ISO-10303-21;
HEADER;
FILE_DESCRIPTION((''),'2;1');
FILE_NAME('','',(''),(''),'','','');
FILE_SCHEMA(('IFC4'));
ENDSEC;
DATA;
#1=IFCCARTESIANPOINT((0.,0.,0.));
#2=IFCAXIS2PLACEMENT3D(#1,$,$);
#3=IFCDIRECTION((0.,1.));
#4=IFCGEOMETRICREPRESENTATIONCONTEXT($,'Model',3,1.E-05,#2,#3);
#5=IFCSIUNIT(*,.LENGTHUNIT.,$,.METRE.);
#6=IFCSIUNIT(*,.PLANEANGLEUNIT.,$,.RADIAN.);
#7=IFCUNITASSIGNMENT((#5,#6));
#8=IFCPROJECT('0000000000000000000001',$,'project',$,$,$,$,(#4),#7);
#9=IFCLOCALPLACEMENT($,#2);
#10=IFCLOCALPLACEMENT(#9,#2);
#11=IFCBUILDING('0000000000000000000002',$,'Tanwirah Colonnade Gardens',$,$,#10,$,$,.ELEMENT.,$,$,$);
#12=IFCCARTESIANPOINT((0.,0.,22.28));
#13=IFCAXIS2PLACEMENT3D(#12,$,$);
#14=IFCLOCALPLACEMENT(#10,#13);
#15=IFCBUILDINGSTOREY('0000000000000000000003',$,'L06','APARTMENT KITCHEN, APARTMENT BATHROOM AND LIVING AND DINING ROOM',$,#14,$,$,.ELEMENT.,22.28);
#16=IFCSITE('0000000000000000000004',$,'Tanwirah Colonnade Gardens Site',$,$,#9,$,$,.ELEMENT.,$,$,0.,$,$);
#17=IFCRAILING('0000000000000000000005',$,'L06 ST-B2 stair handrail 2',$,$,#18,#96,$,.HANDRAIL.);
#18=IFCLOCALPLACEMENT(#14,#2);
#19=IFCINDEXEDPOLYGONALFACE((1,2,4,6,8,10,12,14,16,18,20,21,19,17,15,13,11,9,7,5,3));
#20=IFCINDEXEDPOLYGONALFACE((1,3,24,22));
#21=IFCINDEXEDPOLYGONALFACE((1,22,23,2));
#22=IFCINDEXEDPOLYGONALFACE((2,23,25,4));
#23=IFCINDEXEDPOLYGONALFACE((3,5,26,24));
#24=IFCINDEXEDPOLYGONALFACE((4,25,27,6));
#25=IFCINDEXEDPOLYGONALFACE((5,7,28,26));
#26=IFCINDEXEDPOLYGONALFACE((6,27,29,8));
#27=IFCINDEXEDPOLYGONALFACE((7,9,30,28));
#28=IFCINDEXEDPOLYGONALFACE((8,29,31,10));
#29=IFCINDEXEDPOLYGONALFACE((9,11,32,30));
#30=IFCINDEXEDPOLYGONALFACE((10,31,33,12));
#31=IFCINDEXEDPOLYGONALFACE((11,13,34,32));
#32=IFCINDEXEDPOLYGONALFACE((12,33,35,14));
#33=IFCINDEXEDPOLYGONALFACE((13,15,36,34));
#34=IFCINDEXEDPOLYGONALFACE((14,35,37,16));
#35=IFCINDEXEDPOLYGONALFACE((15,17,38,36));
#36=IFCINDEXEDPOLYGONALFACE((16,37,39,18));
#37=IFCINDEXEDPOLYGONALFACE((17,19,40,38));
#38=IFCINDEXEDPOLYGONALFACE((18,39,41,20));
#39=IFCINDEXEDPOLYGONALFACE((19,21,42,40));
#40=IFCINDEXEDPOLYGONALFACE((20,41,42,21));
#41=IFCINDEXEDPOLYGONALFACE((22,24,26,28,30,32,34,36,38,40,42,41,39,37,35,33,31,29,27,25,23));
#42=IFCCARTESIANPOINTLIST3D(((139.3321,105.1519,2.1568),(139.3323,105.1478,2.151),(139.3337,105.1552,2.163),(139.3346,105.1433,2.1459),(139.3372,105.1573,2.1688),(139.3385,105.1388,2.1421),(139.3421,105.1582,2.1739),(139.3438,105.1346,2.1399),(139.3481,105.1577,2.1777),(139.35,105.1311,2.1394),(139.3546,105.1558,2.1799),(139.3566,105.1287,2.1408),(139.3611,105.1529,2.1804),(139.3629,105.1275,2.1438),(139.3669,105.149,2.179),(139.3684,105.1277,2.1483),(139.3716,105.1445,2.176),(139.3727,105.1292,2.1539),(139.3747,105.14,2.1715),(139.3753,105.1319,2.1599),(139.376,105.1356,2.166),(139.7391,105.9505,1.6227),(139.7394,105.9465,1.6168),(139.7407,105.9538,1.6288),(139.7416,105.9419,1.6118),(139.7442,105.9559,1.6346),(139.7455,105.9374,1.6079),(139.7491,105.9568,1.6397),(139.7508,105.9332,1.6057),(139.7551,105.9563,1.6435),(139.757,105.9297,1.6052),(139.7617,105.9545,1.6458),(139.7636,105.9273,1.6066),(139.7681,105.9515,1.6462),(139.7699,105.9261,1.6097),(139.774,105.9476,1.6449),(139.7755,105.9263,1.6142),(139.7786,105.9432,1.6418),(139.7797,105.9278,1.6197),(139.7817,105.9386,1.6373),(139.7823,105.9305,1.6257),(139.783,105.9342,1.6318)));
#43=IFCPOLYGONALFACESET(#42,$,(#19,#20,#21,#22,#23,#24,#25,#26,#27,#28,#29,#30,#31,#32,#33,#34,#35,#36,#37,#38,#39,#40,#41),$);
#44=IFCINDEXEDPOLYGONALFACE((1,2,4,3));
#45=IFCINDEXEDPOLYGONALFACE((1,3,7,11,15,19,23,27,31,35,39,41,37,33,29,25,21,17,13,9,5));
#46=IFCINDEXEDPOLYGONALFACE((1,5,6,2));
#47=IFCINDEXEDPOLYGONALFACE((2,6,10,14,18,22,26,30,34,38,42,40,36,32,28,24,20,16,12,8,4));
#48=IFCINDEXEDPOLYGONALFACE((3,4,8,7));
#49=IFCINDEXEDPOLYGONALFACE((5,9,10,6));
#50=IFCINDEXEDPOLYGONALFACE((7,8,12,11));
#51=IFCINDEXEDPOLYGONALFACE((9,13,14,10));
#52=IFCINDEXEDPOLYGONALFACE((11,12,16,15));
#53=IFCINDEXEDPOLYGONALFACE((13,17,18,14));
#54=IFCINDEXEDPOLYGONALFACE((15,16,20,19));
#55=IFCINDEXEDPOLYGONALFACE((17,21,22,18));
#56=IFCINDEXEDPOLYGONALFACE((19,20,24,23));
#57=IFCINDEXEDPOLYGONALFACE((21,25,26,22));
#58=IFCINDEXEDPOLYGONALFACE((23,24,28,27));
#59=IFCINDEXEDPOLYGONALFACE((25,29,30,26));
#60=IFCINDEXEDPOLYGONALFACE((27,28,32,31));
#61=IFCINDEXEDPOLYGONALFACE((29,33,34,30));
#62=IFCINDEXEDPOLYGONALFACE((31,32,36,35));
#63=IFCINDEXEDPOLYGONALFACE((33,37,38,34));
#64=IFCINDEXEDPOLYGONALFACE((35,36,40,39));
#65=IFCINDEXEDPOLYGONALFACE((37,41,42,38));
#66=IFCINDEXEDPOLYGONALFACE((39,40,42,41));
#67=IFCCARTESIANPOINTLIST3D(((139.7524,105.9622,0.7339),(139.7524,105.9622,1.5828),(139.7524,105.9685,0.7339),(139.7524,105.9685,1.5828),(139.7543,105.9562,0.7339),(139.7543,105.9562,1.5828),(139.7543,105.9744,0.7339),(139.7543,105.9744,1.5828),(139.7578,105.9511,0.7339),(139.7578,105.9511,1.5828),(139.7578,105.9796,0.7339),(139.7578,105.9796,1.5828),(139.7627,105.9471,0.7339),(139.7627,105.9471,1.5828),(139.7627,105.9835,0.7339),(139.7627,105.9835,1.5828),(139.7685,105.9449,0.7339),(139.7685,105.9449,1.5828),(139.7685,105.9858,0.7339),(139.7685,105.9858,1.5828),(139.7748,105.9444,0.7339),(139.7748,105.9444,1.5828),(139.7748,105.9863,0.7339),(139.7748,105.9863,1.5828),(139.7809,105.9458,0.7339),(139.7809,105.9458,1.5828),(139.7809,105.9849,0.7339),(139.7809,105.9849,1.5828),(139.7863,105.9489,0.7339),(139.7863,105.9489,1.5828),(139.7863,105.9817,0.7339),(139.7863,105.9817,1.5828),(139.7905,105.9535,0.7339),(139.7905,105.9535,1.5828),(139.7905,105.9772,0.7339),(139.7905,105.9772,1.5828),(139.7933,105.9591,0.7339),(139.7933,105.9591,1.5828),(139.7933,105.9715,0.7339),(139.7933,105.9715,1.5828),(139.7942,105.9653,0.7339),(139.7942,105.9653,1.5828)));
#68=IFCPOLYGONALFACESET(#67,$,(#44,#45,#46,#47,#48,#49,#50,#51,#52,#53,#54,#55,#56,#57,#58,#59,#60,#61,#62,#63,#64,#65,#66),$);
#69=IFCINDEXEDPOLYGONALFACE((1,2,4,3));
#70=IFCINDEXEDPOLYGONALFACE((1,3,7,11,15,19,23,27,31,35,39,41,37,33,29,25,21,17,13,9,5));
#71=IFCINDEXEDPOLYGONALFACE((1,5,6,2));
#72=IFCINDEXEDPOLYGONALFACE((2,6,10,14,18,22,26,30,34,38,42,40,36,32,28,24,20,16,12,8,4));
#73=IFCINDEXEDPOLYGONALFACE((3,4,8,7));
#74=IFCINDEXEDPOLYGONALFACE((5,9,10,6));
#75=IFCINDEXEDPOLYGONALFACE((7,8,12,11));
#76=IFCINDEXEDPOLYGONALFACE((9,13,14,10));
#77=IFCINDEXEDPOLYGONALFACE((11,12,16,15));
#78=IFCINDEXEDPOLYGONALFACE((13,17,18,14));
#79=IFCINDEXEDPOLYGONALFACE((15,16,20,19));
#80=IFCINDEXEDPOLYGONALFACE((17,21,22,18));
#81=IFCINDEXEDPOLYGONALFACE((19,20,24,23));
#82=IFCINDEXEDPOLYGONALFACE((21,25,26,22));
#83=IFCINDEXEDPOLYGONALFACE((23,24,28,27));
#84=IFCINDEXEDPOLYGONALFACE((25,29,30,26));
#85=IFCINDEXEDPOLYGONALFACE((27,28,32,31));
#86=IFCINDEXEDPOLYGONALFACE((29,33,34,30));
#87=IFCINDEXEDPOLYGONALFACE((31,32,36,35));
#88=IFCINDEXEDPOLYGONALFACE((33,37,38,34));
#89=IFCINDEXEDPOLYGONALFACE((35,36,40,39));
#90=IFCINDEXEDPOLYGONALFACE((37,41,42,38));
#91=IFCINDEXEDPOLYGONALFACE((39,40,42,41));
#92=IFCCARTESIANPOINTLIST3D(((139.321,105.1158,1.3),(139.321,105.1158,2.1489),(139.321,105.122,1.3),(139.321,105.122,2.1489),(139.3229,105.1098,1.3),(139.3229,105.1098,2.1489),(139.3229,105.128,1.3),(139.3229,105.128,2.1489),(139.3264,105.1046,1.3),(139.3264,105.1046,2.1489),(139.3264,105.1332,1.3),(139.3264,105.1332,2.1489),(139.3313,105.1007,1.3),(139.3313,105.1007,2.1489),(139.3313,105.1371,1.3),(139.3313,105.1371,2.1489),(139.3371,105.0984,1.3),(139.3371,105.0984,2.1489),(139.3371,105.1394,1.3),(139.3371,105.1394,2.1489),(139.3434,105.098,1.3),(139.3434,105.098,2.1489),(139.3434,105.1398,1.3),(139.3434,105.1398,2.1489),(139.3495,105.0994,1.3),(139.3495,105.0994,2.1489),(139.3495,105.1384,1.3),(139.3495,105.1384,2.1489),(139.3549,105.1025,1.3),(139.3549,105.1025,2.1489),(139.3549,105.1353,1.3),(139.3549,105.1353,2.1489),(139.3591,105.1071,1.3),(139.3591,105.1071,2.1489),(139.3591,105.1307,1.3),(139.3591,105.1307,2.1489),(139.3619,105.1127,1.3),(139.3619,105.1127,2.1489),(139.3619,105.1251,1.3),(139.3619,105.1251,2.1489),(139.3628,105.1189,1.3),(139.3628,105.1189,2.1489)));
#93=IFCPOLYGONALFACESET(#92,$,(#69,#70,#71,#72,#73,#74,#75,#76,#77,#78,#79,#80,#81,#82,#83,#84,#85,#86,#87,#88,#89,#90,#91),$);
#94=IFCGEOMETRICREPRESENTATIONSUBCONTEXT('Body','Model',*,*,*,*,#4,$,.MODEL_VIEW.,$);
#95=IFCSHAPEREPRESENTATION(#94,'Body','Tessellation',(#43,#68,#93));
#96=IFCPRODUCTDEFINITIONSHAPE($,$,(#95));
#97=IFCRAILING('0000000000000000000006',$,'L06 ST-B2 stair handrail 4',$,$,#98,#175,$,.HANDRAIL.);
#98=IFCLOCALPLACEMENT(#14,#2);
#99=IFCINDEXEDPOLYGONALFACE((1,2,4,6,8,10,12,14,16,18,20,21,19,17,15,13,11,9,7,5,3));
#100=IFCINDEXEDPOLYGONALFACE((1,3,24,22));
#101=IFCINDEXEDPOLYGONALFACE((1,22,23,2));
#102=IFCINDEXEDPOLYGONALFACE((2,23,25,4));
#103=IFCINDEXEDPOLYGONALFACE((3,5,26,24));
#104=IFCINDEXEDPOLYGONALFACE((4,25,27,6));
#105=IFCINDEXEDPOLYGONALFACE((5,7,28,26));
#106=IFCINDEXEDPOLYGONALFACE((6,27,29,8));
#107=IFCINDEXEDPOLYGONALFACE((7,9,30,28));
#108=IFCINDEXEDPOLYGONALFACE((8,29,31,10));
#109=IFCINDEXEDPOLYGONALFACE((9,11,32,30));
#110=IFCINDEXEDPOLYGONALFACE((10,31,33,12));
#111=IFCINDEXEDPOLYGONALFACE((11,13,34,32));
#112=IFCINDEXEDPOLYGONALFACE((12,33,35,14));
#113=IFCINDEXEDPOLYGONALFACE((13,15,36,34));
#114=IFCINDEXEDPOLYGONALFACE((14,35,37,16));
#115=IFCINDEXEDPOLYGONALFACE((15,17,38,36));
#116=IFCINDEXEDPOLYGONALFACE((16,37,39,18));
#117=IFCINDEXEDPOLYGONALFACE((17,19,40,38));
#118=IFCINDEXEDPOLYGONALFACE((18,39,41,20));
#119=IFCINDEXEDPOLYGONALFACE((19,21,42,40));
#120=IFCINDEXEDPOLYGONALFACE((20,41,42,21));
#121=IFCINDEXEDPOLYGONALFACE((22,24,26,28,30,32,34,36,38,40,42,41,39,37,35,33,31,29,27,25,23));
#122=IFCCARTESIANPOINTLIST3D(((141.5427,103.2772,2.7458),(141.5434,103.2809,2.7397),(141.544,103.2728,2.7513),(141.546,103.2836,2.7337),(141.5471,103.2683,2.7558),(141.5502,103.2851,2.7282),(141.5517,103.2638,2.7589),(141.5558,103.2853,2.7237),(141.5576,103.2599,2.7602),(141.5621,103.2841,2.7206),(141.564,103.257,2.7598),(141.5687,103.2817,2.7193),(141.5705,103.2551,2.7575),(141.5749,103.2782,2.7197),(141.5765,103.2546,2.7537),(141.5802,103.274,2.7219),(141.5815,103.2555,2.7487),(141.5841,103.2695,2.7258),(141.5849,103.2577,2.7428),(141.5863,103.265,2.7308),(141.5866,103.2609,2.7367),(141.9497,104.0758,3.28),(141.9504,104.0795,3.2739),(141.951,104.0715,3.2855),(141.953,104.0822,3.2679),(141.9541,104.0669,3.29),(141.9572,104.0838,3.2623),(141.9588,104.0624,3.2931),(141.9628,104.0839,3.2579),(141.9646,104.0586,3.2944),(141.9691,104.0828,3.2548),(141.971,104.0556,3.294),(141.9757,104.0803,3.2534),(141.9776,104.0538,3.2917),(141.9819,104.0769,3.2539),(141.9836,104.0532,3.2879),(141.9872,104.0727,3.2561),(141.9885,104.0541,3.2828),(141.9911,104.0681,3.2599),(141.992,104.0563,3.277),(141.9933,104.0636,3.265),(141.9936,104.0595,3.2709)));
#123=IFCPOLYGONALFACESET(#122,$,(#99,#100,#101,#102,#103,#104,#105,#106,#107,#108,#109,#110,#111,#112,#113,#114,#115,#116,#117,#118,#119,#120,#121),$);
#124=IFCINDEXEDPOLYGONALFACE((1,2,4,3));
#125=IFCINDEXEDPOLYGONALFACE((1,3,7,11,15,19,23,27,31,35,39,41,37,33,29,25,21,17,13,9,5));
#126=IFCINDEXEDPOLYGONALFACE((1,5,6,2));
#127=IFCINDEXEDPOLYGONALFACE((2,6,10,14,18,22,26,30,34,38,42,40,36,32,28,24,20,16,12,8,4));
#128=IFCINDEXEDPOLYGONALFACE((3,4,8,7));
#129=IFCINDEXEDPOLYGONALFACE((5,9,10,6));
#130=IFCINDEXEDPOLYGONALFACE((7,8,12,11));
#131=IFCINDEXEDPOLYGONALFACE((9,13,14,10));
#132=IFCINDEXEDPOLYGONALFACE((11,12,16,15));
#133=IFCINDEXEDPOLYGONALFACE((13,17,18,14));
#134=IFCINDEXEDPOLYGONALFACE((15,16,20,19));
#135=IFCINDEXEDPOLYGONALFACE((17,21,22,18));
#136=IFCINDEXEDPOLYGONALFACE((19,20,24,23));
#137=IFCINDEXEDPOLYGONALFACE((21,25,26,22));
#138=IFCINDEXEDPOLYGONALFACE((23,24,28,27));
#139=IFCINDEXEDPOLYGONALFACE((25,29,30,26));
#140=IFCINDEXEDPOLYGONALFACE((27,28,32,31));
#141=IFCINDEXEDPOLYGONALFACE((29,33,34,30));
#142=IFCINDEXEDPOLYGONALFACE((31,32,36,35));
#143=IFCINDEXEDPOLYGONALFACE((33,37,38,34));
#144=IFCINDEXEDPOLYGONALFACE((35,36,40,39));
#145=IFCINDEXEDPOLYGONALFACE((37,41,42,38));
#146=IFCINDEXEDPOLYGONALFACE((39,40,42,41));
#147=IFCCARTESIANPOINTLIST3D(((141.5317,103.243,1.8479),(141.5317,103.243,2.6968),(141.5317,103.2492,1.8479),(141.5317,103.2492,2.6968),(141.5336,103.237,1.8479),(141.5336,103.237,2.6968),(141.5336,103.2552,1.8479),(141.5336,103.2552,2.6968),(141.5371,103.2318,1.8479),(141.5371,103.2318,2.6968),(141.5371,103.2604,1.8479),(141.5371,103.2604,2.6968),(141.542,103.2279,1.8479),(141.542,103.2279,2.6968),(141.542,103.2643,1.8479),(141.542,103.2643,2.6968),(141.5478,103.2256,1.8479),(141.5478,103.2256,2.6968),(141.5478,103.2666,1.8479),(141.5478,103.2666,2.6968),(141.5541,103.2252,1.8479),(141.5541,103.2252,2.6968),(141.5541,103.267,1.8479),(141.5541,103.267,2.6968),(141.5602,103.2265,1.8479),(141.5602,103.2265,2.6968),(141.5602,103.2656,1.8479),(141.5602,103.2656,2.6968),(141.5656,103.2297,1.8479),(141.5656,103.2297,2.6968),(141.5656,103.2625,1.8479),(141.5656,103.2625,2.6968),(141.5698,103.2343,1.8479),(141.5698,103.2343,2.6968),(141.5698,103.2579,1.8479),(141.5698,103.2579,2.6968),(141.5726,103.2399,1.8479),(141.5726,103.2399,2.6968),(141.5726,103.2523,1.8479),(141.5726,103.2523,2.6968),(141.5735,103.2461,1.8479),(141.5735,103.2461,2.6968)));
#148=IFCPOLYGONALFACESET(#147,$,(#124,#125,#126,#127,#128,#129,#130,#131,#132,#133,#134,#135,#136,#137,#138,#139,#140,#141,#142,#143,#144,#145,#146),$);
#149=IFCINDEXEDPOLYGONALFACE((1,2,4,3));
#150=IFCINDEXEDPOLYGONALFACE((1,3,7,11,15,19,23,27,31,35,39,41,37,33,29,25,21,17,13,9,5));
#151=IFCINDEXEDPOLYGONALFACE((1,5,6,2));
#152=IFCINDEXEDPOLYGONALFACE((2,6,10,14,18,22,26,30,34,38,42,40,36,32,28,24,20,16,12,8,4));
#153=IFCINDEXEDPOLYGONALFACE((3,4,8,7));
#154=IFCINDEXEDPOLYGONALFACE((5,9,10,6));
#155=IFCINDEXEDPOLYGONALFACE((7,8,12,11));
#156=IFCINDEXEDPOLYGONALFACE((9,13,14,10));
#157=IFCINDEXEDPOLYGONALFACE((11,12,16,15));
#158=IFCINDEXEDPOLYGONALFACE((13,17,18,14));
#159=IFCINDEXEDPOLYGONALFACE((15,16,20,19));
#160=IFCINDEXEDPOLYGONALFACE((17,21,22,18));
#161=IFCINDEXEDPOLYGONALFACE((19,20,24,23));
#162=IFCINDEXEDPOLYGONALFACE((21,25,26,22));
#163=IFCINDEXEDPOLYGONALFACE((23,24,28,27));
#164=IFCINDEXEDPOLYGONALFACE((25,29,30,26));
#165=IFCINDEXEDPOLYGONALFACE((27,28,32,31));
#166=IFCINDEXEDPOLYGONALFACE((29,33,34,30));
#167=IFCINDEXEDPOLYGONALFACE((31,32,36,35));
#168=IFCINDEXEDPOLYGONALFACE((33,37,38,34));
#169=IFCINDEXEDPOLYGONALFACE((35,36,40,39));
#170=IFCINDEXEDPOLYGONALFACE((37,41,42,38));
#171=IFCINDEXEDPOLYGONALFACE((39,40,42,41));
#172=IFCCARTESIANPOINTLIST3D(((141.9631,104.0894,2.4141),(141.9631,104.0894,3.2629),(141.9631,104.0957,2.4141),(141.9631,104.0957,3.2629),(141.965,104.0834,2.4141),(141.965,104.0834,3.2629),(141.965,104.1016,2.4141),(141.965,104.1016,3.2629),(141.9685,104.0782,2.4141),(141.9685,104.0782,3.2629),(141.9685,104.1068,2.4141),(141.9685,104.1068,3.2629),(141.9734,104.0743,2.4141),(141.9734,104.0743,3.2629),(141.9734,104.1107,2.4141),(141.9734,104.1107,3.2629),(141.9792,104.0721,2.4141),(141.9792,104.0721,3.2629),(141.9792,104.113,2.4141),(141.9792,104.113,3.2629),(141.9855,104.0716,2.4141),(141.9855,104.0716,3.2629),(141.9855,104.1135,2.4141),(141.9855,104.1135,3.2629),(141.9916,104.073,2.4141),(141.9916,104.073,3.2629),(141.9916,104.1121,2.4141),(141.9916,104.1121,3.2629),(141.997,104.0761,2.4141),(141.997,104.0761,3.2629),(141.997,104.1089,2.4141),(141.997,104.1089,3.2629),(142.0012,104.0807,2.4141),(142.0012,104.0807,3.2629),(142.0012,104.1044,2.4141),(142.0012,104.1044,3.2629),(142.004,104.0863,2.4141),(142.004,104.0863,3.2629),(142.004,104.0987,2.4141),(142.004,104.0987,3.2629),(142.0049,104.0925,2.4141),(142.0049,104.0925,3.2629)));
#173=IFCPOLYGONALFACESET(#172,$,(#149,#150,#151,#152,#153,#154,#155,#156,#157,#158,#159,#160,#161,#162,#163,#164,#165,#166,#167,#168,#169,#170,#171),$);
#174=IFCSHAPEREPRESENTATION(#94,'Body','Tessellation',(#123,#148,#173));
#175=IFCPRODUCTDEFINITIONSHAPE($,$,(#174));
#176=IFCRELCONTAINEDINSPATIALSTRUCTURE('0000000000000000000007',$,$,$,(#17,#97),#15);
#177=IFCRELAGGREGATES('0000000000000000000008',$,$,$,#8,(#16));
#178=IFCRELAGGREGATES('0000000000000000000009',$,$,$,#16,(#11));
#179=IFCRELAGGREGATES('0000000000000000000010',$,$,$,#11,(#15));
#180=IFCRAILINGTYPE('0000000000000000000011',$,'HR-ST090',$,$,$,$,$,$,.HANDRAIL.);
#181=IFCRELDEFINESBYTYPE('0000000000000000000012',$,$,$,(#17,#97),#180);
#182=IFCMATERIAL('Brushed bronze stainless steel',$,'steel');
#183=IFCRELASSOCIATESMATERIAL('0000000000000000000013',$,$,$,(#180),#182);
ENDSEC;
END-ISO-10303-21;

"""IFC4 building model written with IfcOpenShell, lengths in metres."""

from ifc_helpers import new_model, si_unit, direction, frame, origin, origin_2d, place, context, subcontext, project, spatial, circle, extrude, material, type_object, element, save


model = new_model("IFC4")

# Units and contexts
model_context = context("Model", 3, precision=1e-05, world=origin(), true_north=direction((0.0, 1.0)))
body_context = subcontext(model_context, "Body", "Model", "MODEL_VIEW")
ifc_project = project(units=[si_unit("LENGTHUNIT", "METRE"), si_unit("PLANEANGLEUNIT", "RADIAN")], contexts=[model_context])

# Site, building, storey
site_placement = place(None, origin())
site = spatial("IfcSite", under=ifc_project, at=site_placement, Name="Tanwirah Colonnade Gardens Site", CompositionType="ELEMENT", RefElevation=0.0)
building_placement = place(site_placement, origin())
building = spatial("IfcBuilding", under=site, at=building_placement, Name="Tanwirah Colonnade Gardens", CompositionType="ELEMENT")
storey_placement = place(building_placement, frame((0.0, 0.0, 22.28)))
storey = spatial("IfcBuildingStorey", under=building, at=storey_placement, Name="L06", Description="APARTMENT KITCHEN, APARTMENT BATHROOM AND LIVING AND DINING ROOM", CompositionType="ELEMENT", Elevation=22.28)

# Railings
ifc_material_1 = material(Name="Brushed bronze stainless steel", Category="steel")
railing_type_1 = type_object("IfcRailingType", Name="HR-ST090", PredefinedType="HANDRAIL", material=ifc_material_1)
railing_1_placement = place(storey_placement, frame((139.7732, 105.9653, 0.7339)))
element("IfcRailing", 1, at=railing_1_placement, inside=storey, type_object=railing_type_1, Name="L06 ST-B2 stair handrail 2", PredefinedType="HANDRAIL", context=body_context, shape_type="SweptSolid", body=[
    extrude(circle(Radius=0.0239, at=origin_2d()), frame((-0.0122, -0.0239, 0.8918), z_axis=(-0.390073, -0.765356, 0.51193), x_axis=(0.890957, -0.454087, 0.0)), (0.0, 0.0, 1.0), 1.0435),
    extrude(circle(Radius=0.021, at=origin_2d()), origin(), (0.0, 0.0, 1.0), 0.8489),
    extrude(circle(Radius=0.021, at=origin_2d()), frame((-0.4314, -0.8464, 0.5662)), (0.0, 0.0, 1.0), 0.8489),
])
railing_2_placement = place(storey_placement, frame((141.5525, 103.2461, 1.8479)))
element("IfcRailing", 2, at=railing_2_placement, inside=storey, type_object=railing_type_1, Name="L06 ST-B2 stair handrail 4", PredefinedType="HANDRAIL", context=body_context, shape_type="SweptSolid", body=[
    extrude(circle(Radius=0.0239, at=origin_2d()), frame((0.0122, 0.0239, 0.8918), z_axis=(0.390073, 0.765356, 0.51193), x_axis=(-0.890957, 0.454087, 0.0)), (0.0, 0.0, 1.0), 1.0435),
    extrude(circle(Radius=0.021, at=origin_2d()), origin(), (0.0, 0.0, 1.0), 0.8489),
    extrude(circle(Radius=0.021, at=origin_2d()), frame((0.4314, 0.8464, 0.5662)), (0.0, 0.0, 1.0), 0.8489),
])

save(model, "model.ifc")
